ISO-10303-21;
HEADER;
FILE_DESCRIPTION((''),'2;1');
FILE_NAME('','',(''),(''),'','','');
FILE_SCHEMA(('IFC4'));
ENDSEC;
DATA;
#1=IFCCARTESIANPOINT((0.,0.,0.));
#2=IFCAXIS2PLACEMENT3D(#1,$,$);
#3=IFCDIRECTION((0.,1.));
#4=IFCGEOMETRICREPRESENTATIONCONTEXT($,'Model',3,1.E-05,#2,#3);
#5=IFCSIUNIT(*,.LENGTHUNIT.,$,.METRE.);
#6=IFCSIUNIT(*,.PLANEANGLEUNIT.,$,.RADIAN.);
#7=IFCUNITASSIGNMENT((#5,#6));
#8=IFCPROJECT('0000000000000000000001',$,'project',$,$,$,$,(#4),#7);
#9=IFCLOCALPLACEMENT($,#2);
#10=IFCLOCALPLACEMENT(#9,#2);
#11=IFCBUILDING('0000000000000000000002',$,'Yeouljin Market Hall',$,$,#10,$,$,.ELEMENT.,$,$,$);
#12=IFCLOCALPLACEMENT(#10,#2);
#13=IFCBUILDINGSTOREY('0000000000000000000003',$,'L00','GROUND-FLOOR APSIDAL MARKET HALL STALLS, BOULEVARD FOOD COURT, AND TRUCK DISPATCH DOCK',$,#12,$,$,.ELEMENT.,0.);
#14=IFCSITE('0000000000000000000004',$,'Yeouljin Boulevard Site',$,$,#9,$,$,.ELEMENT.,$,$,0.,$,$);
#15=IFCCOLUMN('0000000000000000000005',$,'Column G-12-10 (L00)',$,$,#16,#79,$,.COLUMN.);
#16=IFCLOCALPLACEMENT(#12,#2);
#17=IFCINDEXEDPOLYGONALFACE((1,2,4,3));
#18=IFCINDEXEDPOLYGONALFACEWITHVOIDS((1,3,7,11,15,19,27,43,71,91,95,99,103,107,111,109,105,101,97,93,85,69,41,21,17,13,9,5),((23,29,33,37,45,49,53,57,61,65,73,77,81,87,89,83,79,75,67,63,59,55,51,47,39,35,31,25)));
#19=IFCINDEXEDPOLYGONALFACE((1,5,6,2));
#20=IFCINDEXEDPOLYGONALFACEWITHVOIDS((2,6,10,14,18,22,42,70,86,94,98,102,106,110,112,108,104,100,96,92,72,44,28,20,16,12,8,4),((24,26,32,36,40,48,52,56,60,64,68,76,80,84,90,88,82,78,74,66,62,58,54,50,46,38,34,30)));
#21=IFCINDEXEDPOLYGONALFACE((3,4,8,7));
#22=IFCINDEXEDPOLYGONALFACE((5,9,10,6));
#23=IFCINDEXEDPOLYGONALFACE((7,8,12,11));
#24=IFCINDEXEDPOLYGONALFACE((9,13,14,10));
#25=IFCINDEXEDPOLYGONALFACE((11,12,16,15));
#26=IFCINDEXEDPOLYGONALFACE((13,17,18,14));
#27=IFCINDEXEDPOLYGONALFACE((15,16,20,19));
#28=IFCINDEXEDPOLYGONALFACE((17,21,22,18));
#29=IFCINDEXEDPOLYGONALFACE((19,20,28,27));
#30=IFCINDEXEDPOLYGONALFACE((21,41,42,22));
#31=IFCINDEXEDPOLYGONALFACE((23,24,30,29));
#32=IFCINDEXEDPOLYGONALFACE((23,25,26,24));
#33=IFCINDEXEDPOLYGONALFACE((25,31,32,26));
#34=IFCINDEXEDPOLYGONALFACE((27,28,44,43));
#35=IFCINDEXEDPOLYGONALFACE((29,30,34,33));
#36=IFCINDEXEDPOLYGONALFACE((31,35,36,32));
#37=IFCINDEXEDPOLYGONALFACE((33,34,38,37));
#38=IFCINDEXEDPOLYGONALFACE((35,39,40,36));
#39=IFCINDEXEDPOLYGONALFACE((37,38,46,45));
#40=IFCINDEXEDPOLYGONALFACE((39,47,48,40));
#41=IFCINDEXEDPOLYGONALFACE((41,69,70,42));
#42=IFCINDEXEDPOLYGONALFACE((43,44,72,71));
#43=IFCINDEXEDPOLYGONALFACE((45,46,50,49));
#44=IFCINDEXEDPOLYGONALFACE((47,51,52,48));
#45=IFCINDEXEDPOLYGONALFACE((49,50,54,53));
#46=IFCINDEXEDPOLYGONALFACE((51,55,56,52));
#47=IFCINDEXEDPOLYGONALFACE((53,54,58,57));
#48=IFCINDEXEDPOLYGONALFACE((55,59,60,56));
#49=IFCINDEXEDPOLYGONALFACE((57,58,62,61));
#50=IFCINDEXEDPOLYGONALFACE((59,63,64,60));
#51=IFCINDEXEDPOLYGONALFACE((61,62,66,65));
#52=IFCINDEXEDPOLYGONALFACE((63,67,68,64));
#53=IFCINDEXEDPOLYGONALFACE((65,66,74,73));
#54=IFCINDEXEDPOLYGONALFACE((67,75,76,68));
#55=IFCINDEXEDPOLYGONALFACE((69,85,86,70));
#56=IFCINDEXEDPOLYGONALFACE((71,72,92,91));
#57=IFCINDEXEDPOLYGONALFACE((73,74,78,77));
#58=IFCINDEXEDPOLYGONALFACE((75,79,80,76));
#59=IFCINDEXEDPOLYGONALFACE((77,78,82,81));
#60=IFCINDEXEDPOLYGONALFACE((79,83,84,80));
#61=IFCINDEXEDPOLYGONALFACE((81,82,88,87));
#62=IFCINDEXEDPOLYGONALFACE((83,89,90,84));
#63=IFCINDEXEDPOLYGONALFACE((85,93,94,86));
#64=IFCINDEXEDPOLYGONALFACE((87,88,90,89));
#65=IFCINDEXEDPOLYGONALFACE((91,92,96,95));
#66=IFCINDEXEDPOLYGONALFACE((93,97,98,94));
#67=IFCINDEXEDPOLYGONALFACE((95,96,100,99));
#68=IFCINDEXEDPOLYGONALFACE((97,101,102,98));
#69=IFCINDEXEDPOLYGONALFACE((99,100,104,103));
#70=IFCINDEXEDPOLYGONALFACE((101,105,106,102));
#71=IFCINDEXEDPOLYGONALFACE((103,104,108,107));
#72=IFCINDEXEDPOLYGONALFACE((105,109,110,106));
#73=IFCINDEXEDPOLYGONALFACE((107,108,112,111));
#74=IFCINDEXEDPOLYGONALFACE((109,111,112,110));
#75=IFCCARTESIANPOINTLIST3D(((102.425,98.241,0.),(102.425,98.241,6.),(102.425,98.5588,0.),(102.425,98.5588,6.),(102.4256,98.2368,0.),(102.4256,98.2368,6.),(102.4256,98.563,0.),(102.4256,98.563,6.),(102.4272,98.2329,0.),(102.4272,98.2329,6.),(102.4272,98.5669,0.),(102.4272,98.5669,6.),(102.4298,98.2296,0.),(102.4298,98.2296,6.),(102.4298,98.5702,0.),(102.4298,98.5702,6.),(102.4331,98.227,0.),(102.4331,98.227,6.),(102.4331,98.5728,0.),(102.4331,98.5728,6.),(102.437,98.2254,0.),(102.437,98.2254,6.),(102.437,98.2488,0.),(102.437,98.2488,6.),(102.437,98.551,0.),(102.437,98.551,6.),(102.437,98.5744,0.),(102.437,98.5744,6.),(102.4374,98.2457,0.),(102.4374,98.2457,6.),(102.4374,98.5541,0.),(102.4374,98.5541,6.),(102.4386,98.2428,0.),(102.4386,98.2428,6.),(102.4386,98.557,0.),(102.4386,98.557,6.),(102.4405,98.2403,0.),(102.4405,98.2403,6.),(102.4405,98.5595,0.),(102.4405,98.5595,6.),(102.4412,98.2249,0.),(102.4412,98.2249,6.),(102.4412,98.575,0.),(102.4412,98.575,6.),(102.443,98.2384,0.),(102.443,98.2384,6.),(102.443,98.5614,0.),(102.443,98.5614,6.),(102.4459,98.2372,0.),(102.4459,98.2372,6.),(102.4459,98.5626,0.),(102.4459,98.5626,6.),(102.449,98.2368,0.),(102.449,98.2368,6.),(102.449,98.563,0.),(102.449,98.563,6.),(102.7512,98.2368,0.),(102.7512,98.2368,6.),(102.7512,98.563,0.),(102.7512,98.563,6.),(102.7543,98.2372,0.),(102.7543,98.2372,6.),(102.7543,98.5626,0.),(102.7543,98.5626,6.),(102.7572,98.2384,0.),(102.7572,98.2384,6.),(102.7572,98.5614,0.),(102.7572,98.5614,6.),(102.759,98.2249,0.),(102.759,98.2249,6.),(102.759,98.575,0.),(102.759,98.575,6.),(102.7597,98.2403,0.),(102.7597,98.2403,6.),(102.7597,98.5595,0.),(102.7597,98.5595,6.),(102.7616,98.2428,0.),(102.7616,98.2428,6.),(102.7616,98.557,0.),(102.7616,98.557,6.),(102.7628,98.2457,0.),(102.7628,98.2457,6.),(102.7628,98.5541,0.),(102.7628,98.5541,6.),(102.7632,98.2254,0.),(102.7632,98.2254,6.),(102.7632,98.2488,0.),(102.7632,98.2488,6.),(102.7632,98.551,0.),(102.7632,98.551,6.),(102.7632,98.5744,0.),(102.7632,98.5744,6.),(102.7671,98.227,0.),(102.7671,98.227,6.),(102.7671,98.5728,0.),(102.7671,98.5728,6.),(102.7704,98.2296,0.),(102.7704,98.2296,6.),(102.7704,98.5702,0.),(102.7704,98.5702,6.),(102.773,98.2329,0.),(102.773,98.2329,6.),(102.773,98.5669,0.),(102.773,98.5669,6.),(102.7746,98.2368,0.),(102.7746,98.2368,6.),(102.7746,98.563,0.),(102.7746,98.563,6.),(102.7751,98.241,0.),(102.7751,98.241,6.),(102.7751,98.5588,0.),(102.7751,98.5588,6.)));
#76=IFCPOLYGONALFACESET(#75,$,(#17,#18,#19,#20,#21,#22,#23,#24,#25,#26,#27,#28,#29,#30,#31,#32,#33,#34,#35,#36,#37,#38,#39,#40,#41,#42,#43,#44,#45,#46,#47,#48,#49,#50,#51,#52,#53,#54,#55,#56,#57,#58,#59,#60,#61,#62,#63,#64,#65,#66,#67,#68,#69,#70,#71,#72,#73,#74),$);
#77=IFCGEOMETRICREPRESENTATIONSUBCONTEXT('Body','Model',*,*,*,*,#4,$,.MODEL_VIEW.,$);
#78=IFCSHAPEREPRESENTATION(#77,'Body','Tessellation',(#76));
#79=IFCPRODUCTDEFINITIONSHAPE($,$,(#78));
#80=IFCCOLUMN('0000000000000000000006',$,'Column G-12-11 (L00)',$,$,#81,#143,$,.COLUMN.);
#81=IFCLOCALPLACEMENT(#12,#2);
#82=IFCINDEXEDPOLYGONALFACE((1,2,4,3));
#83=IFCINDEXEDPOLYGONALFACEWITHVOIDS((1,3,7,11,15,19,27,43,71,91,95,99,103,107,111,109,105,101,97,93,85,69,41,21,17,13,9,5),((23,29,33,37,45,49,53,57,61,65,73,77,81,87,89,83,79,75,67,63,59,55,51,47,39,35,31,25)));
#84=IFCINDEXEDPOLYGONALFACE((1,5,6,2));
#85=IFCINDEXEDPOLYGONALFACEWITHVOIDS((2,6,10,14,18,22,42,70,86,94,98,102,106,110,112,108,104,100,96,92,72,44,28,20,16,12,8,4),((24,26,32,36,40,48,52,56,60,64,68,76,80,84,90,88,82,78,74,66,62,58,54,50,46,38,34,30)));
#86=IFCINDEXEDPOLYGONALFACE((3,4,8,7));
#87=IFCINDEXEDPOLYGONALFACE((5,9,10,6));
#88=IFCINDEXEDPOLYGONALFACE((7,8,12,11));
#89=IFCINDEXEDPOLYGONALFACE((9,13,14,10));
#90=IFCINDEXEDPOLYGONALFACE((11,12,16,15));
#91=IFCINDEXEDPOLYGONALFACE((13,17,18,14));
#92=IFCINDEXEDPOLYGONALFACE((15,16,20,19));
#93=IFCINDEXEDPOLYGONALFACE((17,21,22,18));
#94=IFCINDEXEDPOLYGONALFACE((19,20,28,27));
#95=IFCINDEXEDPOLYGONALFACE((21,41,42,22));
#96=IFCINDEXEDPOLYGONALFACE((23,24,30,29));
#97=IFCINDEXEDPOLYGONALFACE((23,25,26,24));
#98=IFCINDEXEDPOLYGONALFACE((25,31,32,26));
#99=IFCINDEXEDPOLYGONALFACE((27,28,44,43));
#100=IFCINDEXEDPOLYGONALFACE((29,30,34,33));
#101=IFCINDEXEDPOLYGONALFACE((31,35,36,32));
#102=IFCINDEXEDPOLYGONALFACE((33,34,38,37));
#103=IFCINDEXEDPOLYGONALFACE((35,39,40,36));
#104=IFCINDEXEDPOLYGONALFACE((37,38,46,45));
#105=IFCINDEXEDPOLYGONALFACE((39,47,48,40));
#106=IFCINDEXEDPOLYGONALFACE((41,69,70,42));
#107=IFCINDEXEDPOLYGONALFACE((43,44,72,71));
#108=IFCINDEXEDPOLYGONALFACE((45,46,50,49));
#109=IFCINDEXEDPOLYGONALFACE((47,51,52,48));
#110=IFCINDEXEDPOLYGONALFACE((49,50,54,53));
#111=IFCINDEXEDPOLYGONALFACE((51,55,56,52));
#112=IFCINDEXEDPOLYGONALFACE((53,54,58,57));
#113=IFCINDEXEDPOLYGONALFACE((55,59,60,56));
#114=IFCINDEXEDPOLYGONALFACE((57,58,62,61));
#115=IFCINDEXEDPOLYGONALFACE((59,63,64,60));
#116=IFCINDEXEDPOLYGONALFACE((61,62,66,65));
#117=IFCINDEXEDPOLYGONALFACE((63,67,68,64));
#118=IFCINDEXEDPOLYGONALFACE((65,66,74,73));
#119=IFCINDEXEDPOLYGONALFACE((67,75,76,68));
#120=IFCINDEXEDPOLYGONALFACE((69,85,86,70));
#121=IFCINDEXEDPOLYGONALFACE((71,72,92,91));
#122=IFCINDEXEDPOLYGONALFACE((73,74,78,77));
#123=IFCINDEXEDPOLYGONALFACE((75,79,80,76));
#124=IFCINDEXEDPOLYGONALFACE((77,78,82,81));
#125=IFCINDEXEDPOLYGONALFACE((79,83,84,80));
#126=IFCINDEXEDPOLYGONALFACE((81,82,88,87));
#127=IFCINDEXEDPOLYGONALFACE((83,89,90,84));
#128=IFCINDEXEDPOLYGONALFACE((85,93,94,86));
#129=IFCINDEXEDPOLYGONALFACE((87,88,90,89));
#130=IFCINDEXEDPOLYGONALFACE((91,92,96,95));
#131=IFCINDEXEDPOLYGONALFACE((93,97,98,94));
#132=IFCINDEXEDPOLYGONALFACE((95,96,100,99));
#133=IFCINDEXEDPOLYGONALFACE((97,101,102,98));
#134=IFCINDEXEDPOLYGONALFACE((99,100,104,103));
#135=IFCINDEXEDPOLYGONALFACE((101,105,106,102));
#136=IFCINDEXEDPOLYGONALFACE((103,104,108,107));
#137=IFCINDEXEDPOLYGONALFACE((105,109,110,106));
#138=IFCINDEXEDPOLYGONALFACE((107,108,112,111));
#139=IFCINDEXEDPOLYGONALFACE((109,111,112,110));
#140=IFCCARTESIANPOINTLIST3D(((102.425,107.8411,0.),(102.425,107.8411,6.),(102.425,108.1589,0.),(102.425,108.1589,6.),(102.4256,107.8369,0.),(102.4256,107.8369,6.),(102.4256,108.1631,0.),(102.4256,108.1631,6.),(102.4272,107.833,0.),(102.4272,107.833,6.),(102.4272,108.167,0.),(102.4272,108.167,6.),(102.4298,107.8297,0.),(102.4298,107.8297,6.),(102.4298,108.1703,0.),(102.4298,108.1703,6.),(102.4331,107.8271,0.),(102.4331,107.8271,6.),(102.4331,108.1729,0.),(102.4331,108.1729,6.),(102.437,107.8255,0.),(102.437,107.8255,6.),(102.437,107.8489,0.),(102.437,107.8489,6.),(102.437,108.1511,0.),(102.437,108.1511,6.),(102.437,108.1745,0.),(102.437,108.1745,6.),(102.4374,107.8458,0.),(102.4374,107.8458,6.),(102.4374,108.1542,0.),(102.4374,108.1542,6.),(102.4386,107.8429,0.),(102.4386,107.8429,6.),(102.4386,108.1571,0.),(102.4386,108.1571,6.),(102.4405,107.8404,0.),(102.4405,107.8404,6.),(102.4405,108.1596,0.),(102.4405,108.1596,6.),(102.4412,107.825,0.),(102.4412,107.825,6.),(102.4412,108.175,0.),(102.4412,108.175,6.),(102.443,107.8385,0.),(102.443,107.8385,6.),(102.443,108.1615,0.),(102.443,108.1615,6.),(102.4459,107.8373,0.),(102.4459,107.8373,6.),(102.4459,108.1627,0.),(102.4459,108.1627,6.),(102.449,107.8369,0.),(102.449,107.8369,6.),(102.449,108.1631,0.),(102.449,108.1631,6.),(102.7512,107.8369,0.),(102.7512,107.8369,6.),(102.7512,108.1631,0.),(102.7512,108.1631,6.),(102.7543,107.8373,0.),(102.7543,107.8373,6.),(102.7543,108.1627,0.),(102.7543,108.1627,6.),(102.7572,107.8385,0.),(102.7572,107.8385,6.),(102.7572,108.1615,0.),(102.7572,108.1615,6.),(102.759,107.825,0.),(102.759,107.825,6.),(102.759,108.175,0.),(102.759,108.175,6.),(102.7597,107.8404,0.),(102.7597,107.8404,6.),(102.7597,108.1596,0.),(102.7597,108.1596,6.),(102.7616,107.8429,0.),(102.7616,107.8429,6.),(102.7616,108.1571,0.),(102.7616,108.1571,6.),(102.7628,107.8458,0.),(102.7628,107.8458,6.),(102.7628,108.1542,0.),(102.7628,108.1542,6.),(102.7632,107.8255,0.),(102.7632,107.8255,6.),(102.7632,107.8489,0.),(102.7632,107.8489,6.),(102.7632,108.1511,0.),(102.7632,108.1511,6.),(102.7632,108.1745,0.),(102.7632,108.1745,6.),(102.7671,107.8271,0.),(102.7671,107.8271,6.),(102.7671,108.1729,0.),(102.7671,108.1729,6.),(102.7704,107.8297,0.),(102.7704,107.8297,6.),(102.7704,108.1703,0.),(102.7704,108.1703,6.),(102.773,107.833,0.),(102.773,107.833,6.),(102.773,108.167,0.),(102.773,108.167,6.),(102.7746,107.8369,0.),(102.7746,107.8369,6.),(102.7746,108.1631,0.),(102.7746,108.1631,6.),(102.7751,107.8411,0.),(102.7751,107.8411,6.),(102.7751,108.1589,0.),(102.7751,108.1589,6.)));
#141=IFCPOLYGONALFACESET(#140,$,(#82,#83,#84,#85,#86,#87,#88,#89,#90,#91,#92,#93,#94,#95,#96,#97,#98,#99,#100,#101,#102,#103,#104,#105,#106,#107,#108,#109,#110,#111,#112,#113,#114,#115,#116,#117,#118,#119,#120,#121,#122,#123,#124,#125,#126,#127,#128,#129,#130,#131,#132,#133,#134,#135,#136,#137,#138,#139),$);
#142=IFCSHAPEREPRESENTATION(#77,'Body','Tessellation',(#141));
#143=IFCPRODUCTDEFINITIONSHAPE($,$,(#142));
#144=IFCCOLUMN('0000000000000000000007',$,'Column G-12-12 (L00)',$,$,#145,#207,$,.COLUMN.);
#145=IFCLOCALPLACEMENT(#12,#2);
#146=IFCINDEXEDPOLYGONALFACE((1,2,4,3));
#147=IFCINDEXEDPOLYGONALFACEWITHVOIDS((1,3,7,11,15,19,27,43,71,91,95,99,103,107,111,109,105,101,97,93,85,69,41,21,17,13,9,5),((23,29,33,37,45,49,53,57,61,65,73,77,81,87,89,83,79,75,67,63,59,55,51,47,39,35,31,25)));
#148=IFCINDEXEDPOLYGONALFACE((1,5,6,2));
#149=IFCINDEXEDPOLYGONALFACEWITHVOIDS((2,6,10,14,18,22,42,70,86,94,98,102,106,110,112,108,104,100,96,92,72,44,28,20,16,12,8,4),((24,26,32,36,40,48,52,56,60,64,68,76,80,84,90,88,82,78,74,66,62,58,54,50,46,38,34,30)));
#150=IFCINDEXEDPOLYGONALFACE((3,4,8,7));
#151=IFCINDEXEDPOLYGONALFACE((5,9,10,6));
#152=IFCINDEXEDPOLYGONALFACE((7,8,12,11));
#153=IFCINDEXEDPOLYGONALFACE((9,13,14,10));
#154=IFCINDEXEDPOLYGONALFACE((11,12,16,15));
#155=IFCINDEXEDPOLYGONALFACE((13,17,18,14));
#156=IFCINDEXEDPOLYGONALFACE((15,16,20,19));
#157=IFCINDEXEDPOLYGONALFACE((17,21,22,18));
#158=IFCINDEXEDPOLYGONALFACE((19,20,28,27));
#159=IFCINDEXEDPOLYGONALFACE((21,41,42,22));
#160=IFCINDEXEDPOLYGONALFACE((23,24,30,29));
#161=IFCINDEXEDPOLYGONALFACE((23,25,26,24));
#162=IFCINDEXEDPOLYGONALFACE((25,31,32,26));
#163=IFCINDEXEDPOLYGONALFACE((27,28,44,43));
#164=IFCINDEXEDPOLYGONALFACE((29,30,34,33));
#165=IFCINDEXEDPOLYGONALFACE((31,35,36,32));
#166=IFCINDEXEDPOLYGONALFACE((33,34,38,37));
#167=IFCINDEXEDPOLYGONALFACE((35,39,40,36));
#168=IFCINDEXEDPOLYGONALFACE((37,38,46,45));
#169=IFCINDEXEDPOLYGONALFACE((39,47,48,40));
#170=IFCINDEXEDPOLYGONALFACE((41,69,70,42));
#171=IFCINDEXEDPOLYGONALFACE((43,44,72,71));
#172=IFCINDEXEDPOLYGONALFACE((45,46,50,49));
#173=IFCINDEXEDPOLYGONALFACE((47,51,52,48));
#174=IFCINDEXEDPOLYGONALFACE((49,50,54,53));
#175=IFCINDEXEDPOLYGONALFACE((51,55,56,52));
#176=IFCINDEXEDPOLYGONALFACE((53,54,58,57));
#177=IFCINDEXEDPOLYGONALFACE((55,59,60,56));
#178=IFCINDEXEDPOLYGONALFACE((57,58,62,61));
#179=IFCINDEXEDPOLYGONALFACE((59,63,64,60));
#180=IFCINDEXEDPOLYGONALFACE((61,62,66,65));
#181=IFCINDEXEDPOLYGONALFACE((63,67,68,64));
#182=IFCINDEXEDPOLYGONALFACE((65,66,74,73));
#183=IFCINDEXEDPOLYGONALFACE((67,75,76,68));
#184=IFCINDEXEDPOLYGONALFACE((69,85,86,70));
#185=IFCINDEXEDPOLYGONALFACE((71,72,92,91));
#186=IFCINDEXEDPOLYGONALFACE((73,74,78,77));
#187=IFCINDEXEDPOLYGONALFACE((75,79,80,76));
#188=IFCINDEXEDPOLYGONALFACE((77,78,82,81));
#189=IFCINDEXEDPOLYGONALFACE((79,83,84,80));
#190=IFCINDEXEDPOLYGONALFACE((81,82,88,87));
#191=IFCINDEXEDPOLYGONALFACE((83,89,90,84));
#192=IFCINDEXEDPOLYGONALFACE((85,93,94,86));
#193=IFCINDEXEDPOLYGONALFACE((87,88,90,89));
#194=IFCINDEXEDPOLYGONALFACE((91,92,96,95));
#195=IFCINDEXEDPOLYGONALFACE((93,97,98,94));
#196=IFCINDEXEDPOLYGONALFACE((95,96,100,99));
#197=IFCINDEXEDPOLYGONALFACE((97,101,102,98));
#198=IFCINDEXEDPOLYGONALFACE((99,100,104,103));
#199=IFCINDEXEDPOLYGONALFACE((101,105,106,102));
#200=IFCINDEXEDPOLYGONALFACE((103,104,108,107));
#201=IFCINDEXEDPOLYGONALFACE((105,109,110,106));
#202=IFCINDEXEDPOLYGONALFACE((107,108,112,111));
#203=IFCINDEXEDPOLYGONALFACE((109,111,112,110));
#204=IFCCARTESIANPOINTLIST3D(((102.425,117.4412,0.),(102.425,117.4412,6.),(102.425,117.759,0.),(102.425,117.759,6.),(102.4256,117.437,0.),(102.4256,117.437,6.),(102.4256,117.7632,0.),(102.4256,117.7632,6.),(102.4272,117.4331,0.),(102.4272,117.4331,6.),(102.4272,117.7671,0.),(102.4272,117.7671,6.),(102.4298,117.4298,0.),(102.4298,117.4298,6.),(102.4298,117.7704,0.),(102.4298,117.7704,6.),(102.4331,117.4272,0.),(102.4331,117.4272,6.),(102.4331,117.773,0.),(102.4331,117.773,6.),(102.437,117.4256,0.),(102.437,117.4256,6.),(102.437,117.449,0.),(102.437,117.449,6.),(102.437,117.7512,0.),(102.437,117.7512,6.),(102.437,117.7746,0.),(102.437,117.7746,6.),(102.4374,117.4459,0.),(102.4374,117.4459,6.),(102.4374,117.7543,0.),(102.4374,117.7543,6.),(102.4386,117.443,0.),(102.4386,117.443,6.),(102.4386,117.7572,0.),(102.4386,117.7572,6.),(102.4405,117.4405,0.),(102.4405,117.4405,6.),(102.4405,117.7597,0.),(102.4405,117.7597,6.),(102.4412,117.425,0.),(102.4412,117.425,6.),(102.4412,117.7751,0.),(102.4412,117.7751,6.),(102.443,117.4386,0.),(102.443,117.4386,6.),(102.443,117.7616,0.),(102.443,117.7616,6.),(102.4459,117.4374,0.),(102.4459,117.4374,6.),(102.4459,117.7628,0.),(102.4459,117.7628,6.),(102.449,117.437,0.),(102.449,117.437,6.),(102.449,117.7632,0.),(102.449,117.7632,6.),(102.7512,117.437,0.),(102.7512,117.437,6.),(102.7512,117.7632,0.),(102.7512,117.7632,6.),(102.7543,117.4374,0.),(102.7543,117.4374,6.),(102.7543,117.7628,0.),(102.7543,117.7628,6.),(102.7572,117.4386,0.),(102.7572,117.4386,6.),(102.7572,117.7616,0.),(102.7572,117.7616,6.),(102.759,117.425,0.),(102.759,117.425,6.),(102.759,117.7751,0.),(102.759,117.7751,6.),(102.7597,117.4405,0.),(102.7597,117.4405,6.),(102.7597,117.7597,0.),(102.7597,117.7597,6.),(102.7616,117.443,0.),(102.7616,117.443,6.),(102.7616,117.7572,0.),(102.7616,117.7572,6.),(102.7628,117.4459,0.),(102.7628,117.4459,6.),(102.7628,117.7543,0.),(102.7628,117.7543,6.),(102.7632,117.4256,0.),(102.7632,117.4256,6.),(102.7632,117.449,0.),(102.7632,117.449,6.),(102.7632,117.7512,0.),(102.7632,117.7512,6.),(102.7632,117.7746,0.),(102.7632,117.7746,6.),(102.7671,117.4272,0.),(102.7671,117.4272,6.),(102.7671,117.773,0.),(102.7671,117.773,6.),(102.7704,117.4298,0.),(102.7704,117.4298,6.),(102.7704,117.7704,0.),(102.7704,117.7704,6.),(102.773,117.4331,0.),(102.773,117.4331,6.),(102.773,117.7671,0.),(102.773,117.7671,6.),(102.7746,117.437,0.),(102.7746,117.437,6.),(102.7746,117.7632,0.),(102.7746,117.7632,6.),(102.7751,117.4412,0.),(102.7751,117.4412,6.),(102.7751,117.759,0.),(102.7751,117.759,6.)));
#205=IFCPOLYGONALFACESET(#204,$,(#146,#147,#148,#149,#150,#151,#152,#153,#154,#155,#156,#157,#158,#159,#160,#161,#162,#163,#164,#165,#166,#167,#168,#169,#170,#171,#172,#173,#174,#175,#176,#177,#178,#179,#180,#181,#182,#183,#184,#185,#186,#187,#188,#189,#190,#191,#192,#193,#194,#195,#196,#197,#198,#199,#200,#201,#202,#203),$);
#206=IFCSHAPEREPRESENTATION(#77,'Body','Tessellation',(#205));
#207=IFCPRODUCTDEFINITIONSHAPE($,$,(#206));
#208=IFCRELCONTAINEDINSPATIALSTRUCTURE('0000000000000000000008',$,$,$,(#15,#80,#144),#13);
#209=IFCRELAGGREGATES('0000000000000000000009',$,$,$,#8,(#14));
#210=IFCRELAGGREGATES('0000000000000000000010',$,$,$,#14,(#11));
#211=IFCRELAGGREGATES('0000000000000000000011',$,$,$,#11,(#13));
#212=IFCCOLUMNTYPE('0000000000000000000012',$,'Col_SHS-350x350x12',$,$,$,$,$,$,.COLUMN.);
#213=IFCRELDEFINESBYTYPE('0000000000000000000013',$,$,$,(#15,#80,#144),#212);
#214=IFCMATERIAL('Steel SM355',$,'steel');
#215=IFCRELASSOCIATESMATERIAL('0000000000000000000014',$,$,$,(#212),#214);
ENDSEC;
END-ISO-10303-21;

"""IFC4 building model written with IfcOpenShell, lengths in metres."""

from ifc_helpers import new_model, si_unit, direction, frame, origin, origin_2d, place, context, subcontext, project, spatial, hollow_rectangle, extrude, material, material_profile, profile_set, type_object, element, save


model = new_model("IFC4")

# Units and contexts
model_context = context("Model", 3, precision=1e-05, world=origin(), true_north=direction((0.0, 1.0)))
body_context = subcontext(model_context, "Body", "Model", "MODEL_VIEW")
ifc_project = project(units=[si_unit("LENGTHUNIT", "METRE"), si_unit("PLANEANGLEUNIT", "RADIAN")], contexts=[model_context])

# Site, building, storey
site_placement = place(None, origin())
site = spatial("IfcSite", under=ifc_project, at=site_placement, Name="Yeouljin Boulevard Site", CompositionType="ELEMENT", RefElevation=0.0)
building_placement = place(site_placement, origin())
building = spatial("IfcBuilding", under=site, at=building_placement, Name="Yeouljin Market Hall", CompositionType="ELEMENT")
storey_placement = place(building_placement, origin())
storey = spatial("IfcBuildingStorey", under=building, at=storey_placement, Name="L00", Description="GROUND-FLOOR APSIDAL MARKET HALL STALLS, BOULEVARD FOOD COURT, AND TRUCK DISPATCH DOCK", CompositionType="ELEMENT", Elevation=0.0)

# Columns
ifc_material_1 = material(Name="Steel SM355", Category="steel")
ifc_material_profile = material_profile(ifc_material_1, hollow_rectangle(XDim=0.3501, YDim=0.3501, WallThickness=0.012, InnerFilletRadius=0.012, OuterFilletRadius=0.0161, at=origin_2d()), Name="SHS-350x350x12")
ifc_profile_set = profile_set([ifc_material_profile], Name="Steel SM355")
column_type = type_object("IfcColumnType", Name="Col_SHS-350x350x12", PredefinedType="COLUMN", material=ifc_profile_set)
for number, where, z_axis, x_axis, name in (
    (1, (102.6001, 98.3999, 0.0), (0.0, 0.0, 1.0), (1.0, 0.0, 0.0), "Column G-12-10 (L00)"),
    (2, (102.6001, 108.0, 0.0), (0.0, 0.0, 1.0), (1.0, 0.0, 0.0), "Column G-12-11 (L00)"),
    (3, (102.6001, 117.6001, 0.0), (0.0, 0.0, 1.0), (1.0, 0.0, 0.0), "Column G-12-12 (L00)"),
):
    element("IfcColumn", number, at=place(storey_placement, frame(where, z_axis=z_axis, x_axis=x_axis)), inside=storey, type_object=column_type, Name=name, PredefinedType="COLUMN", context=body_context, shape_type="SweptSolid", body=[
        extrude(hollow_rectangle(XDim=0.3501, YDim=0.3501, WallThickness=0.012, InnerFilletRadius=0.012, OuterFilletRadius=0.0161, at=origin_2d()), origin(), (0.0, 0.0, 1.0), 6.0),
    ])

save(model, "model.ifc")
